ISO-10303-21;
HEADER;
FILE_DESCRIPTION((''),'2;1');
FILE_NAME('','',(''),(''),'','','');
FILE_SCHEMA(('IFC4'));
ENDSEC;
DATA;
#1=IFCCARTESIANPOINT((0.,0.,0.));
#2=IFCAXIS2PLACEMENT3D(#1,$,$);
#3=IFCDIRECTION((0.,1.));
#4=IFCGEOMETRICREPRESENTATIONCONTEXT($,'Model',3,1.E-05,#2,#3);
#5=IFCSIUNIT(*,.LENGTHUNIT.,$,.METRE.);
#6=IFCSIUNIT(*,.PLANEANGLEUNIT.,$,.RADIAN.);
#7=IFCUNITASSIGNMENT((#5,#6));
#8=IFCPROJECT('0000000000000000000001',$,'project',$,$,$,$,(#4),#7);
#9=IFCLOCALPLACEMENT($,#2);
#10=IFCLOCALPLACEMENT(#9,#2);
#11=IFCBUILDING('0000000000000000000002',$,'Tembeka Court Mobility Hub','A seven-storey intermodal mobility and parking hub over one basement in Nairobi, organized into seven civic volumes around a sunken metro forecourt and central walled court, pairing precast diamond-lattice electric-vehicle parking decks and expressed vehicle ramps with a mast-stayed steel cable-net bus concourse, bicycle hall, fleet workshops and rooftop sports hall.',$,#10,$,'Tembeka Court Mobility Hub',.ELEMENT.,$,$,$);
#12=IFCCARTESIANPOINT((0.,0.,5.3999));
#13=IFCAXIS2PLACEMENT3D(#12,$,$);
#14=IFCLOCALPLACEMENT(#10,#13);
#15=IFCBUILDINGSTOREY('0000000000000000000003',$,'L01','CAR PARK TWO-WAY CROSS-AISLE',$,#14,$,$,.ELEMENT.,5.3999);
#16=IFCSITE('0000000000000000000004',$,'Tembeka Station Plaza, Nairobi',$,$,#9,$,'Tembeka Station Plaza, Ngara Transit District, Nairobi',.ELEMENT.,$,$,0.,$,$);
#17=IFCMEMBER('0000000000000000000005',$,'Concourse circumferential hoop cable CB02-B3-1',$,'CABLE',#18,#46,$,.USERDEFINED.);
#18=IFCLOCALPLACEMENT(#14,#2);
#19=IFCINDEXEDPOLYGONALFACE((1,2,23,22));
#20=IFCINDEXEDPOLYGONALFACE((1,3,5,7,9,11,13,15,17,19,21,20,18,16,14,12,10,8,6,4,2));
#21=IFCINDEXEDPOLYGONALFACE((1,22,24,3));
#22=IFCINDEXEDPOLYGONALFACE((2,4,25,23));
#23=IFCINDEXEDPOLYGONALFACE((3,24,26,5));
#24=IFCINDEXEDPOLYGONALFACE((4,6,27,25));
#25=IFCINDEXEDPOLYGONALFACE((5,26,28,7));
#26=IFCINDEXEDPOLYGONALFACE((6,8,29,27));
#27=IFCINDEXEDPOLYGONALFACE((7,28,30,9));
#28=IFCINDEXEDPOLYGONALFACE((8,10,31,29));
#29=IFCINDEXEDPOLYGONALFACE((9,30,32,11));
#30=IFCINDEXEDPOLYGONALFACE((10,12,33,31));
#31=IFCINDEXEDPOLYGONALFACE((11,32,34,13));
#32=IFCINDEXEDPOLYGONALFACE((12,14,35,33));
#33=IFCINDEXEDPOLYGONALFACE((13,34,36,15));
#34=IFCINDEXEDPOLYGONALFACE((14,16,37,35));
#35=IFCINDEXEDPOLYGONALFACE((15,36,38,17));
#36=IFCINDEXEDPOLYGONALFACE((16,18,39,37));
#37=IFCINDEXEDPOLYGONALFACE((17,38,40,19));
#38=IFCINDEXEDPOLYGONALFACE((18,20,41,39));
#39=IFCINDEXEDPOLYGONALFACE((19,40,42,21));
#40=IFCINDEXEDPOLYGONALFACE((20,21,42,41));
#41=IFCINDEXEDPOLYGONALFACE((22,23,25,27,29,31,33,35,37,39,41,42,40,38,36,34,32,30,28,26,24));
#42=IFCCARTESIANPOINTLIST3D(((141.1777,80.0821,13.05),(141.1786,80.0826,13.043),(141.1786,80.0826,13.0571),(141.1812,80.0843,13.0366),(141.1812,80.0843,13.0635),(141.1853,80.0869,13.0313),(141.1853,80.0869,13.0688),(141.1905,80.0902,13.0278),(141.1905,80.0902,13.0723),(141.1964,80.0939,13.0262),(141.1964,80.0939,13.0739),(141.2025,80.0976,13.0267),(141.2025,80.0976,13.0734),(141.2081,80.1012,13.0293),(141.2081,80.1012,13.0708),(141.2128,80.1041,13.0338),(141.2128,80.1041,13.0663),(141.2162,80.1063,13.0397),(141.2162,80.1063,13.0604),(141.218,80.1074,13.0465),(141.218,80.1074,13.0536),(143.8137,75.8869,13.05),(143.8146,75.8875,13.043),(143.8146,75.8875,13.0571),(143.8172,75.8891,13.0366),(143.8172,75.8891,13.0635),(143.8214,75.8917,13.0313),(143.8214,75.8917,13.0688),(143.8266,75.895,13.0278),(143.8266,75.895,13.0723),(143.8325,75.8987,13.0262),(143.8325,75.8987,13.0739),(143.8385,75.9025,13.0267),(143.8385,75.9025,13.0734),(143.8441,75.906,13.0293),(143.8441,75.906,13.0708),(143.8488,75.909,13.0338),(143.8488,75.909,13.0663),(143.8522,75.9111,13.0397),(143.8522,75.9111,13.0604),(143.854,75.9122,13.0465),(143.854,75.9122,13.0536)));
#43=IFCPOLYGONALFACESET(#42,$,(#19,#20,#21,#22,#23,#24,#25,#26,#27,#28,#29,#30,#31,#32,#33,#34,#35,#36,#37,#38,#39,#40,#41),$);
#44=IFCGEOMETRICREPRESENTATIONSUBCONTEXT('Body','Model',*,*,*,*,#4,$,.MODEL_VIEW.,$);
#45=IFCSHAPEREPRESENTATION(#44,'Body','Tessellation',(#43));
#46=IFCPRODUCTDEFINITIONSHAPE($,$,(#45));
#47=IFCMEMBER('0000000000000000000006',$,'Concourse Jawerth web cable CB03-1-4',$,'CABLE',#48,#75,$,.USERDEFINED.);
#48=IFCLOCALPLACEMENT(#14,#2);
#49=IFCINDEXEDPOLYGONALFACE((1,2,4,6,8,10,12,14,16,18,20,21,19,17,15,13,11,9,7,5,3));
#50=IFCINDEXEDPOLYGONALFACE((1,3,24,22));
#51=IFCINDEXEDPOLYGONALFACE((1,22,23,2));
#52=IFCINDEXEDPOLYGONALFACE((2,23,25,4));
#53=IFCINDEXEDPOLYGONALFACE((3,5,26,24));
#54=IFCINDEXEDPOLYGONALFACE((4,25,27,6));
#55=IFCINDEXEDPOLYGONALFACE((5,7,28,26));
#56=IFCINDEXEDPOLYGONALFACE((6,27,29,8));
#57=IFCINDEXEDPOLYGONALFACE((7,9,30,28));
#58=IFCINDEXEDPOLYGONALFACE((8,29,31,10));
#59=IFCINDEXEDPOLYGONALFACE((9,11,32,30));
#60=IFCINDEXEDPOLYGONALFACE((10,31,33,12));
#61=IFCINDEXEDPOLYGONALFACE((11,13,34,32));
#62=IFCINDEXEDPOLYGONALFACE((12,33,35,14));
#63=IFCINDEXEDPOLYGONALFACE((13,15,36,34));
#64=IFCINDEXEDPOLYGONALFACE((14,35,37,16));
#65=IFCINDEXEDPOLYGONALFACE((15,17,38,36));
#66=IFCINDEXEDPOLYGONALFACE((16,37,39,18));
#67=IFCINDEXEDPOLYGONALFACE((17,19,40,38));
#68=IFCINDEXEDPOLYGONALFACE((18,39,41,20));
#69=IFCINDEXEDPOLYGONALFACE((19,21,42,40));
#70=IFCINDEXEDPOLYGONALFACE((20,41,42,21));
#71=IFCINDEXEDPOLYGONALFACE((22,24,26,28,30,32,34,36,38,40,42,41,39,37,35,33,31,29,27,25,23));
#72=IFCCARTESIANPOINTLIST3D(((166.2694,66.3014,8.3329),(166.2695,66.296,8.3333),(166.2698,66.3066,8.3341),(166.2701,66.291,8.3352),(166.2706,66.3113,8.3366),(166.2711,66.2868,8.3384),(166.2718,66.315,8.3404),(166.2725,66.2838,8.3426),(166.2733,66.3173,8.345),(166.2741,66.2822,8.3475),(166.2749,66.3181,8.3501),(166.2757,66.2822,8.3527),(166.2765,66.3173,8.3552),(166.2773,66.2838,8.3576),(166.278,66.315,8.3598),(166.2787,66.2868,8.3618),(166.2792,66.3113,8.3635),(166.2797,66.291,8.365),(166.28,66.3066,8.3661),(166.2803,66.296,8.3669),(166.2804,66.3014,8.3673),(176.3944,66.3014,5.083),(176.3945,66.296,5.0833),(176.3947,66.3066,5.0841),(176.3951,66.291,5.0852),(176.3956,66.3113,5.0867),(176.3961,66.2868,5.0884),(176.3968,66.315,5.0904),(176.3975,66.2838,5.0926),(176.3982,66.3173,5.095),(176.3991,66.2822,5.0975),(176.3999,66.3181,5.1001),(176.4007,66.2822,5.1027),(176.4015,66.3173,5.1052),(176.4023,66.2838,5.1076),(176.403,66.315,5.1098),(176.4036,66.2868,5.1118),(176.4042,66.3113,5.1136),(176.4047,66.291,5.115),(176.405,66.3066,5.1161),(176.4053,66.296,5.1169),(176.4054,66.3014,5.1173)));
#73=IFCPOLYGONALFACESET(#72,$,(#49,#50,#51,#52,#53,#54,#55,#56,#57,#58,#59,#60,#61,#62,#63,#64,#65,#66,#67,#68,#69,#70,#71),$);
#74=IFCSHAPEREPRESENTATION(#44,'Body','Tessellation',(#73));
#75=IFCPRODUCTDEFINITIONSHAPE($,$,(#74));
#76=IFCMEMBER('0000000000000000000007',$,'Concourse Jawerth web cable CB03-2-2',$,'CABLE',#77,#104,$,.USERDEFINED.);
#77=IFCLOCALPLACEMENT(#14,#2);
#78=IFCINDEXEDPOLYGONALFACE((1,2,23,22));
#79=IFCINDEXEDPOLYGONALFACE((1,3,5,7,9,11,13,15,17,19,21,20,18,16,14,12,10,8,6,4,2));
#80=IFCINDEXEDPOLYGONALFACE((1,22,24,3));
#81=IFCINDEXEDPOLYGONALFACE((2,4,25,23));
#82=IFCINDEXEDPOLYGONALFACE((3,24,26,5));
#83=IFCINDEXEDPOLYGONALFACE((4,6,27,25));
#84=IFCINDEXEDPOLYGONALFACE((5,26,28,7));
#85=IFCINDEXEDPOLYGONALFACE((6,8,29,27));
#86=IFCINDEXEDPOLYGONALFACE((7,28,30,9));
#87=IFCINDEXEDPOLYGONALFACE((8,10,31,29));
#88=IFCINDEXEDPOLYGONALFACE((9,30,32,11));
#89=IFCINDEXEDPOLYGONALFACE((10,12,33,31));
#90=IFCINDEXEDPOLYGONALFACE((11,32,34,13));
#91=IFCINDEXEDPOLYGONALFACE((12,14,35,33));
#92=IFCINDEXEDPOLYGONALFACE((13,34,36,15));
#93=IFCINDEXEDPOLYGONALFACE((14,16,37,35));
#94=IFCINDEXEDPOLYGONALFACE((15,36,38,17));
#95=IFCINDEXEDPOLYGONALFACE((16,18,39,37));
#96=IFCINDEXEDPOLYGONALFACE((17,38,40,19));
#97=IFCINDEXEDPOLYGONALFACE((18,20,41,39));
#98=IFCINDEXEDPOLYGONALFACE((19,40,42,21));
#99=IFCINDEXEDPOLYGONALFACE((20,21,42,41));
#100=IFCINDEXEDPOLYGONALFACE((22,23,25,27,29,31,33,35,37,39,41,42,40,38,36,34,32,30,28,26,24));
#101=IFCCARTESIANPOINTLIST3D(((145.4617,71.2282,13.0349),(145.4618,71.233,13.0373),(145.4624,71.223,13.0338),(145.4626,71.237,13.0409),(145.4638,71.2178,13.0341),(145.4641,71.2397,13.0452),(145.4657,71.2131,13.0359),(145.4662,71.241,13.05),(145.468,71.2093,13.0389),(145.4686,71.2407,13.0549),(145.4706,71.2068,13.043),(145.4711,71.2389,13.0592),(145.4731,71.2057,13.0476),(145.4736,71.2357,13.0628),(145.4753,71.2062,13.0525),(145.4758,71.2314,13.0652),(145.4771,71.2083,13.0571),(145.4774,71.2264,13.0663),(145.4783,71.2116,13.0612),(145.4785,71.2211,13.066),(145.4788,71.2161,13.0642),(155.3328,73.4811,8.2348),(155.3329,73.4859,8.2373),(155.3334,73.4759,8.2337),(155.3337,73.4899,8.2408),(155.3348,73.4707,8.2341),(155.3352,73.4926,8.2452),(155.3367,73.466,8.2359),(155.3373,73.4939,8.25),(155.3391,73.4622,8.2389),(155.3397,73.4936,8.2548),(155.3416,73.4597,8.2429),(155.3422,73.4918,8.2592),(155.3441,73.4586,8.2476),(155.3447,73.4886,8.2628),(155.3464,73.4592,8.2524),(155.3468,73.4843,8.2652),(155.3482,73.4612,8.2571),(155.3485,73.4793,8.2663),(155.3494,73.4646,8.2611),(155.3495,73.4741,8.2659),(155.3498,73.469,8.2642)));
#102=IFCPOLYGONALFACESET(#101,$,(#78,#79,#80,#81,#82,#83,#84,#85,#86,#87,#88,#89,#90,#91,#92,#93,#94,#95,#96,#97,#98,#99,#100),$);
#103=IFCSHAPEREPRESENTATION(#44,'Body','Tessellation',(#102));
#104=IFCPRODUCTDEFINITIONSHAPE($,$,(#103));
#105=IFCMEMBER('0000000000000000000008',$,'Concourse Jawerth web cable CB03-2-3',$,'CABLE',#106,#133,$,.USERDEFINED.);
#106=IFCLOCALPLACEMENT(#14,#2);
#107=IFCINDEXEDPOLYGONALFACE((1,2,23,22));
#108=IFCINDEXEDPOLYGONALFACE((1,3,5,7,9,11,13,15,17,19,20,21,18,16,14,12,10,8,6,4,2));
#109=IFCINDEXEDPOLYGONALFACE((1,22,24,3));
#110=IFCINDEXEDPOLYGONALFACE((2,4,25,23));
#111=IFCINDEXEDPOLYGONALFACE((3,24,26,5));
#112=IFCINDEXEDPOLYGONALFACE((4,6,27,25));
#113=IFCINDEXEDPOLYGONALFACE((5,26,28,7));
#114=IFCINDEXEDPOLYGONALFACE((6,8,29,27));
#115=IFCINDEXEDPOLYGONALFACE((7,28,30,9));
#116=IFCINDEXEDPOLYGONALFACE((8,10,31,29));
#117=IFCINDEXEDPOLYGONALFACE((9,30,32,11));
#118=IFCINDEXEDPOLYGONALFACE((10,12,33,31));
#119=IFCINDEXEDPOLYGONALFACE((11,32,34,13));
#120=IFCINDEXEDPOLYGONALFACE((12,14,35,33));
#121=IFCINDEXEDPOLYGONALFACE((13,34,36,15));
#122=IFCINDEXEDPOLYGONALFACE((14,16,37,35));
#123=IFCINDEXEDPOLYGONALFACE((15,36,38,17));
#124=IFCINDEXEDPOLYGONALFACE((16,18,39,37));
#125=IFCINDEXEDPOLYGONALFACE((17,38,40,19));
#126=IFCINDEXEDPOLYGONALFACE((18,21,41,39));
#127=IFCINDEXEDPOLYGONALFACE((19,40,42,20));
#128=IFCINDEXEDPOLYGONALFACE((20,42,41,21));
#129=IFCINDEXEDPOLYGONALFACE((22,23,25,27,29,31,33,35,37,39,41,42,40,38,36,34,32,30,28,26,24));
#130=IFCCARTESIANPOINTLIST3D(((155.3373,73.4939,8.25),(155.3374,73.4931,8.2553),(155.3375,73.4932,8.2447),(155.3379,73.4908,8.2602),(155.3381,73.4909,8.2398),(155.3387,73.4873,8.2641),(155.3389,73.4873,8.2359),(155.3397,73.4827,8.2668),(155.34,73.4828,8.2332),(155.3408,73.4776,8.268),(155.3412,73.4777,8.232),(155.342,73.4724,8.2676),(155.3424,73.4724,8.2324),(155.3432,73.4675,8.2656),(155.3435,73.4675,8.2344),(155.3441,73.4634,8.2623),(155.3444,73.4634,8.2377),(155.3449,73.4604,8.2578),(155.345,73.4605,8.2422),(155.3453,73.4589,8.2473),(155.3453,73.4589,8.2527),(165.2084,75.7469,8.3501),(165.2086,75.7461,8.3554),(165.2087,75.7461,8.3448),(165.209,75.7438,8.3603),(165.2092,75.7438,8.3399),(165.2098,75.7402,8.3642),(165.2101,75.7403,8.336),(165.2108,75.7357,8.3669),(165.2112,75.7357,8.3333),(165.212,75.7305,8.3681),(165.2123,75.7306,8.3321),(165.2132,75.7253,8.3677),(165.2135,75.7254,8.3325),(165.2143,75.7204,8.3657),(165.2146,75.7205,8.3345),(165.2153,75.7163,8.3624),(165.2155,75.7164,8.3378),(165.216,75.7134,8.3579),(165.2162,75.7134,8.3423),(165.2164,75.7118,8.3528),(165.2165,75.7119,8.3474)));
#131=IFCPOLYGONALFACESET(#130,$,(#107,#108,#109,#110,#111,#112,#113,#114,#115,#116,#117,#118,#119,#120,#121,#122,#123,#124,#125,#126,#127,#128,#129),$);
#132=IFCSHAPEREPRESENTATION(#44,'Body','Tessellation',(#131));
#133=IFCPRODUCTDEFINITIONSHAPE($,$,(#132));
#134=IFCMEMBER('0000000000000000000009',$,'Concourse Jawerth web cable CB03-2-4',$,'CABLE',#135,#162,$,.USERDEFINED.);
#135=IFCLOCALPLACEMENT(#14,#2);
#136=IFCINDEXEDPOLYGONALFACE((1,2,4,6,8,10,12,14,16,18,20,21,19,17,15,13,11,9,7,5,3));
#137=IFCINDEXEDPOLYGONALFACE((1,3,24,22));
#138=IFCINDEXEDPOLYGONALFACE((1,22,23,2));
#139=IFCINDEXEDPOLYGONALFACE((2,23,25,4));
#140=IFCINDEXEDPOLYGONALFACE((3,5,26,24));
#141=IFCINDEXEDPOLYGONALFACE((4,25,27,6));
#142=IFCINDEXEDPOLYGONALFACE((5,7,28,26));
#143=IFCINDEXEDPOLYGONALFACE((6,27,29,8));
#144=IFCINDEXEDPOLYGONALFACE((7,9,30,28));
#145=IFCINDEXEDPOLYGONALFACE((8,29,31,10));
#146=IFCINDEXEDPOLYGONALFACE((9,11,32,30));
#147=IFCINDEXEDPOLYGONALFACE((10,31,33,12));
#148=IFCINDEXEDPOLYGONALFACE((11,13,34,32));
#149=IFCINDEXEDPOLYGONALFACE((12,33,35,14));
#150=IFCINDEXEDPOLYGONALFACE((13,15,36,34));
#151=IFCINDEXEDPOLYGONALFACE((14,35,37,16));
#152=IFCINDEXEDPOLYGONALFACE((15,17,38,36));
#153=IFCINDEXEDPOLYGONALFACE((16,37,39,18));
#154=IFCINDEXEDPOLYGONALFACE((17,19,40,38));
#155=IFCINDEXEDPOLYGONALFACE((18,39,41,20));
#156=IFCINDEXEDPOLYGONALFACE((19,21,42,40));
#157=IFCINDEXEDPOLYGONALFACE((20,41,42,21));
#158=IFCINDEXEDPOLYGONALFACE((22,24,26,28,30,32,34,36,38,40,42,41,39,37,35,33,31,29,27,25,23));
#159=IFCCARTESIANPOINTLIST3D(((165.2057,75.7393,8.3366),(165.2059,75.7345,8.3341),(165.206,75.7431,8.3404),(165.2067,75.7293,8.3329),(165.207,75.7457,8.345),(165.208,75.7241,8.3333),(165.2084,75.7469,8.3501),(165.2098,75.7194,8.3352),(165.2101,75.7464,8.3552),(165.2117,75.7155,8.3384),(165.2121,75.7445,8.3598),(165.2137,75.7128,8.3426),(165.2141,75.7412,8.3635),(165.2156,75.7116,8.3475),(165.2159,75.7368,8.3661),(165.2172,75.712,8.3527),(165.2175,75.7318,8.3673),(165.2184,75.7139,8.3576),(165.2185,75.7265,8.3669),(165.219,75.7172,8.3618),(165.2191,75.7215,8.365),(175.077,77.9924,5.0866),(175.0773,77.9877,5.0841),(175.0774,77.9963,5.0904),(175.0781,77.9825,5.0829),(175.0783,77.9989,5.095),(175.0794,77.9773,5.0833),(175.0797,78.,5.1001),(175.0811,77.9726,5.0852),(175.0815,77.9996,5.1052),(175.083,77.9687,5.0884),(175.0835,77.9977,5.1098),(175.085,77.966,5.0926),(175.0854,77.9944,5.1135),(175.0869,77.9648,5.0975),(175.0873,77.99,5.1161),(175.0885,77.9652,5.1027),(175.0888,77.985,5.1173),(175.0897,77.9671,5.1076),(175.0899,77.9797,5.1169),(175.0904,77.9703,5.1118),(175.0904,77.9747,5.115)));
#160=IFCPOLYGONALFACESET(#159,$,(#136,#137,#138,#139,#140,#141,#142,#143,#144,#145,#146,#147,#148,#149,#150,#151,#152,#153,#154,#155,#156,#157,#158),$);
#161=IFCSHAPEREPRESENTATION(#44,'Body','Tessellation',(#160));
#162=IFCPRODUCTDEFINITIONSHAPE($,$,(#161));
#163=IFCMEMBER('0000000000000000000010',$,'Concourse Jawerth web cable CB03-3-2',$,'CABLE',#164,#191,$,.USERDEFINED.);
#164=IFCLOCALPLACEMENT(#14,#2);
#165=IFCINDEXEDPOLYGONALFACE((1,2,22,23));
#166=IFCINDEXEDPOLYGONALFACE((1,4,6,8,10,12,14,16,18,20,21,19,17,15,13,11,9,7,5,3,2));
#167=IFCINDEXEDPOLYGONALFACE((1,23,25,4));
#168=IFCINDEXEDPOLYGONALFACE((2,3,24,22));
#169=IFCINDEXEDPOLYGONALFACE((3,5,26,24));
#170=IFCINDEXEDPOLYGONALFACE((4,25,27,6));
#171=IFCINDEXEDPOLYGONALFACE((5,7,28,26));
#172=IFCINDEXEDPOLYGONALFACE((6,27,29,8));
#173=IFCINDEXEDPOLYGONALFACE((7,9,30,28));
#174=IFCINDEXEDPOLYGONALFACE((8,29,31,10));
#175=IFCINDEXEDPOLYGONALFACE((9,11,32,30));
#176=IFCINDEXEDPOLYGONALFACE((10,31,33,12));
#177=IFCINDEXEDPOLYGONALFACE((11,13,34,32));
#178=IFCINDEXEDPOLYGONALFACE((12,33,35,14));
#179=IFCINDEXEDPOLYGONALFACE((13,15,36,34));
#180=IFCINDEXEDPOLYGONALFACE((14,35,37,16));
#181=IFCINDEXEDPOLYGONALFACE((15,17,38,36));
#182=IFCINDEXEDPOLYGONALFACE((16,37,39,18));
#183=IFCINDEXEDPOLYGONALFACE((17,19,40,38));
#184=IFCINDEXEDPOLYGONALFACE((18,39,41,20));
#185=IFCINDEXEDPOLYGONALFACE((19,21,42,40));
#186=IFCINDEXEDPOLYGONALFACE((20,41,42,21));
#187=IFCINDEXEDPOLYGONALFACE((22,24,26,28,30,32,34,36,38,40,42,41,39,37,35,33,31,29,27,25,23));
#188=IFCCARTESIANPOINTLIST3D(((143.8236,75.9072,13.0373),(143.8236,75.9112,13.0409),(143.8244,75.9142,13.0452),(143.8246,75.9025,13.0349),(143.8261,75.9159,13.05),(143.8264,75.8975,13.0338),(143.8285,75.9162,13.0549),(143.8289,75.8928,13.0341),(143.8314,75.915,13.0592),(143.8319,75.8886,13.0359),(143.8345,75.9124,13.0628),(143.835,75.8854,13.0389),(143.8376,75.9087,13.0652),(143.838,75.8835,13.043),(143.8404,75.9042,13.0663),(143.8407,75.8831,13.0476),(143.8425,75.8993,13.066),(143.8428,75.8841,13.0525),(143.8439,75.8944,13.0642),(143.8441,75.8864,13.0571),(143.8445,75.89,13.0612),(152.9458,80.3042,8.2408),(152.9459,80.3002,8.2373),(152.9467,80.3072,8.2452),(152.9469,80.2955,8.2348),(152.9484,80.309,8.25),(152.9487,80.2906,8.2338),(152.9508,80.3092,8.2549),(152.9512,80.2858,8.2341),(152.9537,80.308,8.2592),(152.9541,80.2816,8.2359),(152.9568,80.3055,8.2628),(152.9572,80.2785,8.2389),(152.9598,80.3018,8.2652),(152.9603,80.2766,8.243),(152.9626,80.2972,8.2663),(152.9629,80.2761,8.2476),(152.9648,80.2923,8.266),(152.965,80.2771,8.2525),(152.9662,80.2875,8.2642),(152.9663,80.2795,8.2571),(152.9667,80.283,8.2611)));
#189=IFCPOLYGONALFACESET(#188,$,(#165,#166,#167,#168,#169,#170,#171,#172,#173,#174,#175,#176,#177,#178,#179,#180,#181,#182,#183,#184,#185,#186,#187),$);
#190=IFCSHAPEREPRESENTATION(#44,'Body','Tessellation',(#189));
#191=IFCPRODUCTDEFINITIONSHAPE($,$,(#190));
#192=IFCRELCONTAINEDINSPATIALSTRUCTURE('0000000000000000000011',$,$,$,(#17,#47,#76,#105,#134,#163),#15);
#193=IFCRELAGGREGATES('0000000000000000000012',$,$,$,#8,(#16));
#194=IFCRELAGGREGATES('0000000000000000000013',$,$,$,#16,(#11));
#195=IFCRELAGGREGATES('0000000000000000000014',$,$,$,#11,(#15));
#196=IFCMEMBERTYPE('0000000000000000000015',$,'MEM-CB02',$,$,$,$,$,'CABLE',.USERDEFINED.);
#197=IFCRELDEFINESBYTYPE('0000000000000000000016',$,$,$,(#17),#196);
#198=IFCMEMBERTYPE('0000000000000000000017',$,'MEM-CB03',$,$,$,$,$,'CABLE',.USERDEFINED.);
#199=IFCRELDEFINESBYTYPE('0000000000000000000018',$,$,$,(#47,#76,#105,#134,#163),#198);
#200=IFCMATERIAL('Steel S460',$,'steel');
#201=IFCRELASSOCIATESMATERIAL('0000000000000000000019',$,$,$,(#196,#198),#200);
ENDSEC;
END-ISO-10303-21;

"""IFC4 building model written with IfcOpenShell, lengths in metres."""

from ifc_helpers import new_model, si_unit, direction, frame, origin, origin_2d, place, context, subcontext, project, spatial, circle, extrude, material, material_profile, profile_set, type_object, element, save


model = new_model("IFC4")

# Units and contexts
model_context = context("Model", 3, precision=1e-05, world=origin(), true_north=direction((0.0, 1.0)))
body_context = subcontext(model_context, "Body", "Model", "MODEL_VIEW")
ifc_project = project(units=[si_unit("LENGTHUNIT", "METRE"), si_unit("PLANEANGLEUNIT", "RADIAN")], contexts=[model_context])

# Site, building, storey
site_placement = place(None, origin())
site = spatial("IfcSite", under=ifc_project, at=site_placement, Name="Tembeka Station Plaza, Nairobi", LongName="Tembeka Station Plaza, Ngara Transit District, Nairobi", CompositionType="ELEMENT", RefElevation=0.0)
building_placement = place(site_placement, origin())
building = spatial("IfcBuilding", under=site, at=building_placement, Name="Tembeka Court Mobility Hub", Description="A seven-storey intermodal mobility and parking hub over one basement in Nairobi, organized into seven civic volumes around a sunken metro forecourt and central walled court, pairing precast diamond-lattice electric-vehicle parking decks and expressed vehicle ramps with a mast-stayed steel cable-net bus concourse, bicycle hall, fleet workshops and rooftop sports hall.", LongName="Tembeka Court Mobility Hub", CompositionType="ELEMENT")
storey_placement = place(building_placement, frame((0.0, 0.0, 5.3999)))
storey = spatial("IfcBuildingStorey", under=building, at=storey_placement, Name="L01", Description="CAR PARK TWO-WAY CROSS-AISLE", CompositionType="ELEMENT", Elevation=5.3999)

# Members
ifc_material_1 = material(Name="Steel S460", Category="steel")
ifc_material_profile_1 = material_profile(ifc_material_1, circle(Radius=0.0239, at=origin_2d()), Name="CABLE D48")
ifc_profile_set_1 = profile_set([ifc_material_profile_1], Name="Steel S460")
member_type_1 = type_object("IfcMemberType", Name="MEM-CB02", ElementType="CABLE", PredefinedType="USERDEFINED", material=ifc_profile_set_1)
member_1_placement = place(storey_placement, frame((143.834, 75.8997, 13.05), z_axis=(-0.532039, 0.84672, 0.0), x_axis=(-0.84672, -0.532039, 0.0)))
element("IfcMember", 1, at=member_1_placement, inside=storey, type_object=member_type_1, Name="Concourse circumferential hoop cable CB02-B3-1", ObjectType="CABLE", PredefinedType="USERDEFINED", context=body_context, shape_type="SweptSolid", body=[
    extrude(circle(Radius=0.0239, at=origin_2d()), origin(), (0.0, 0.0, 1.0), 4.9546),
])
ifc_material_profile_2 = material_profile(ifc_material_1, circle(Radius=0.0181, at=origin_2d()), Name="CABLE D36")
ifc_profile_set_2 = profile_set([ifc_material_profile_2], Name="Steel S460")
member_type_2 = type_object("IfcMemberType", Name="MEM-CB03", ElementType="CABLE", PredefinedType="USERDEFINED", material=ifc_profile_set_2)
member_2_placement = place(storey_placement, frame((166.2749, 66.3, 8.3501), z_axis=(0.952151, 0.0, -0.305629), x_axis=(0.0, 1.0, 0.0)))
element("IfcMember", 2, at=member_2_placement, inside=storey, type_object=member_type_2, Name="Concourse Jawerth web cable CB03-1-4", ObjectType="CABLE", PredefinedType="USERDEFINED", context=body_context, shape_type="SweptSolid", body=[
    extrude(circle(Radius=0.0181, at=origin_2d()), origin(), (0.0, 0.0, 1.0), 10.6338),
])
member_3_placement = place(storey_placement, frame((145.4702, 71.2234, 13.05), z_axis=(0.880945, 0.201063, -0.42838), x_axis=(-0.222513, 0.97493, 0.0)))
element("IfcMember", 3, at=member_3_placement, inside=storey, type_object=member_type_2, Name="Concourse Jawerth web cable CB03-2-2", ObjectType="CABLE", PredefinedType="USERDEFINED", context=body_context, shape_type="SweptSolid", body=[
    extrude(circle(Radius=0.0181, at=origin_2d()), origin(), (0.0, 0.0, 1.0), 11.2051),
])
member_4_placement = place(storey_placement, frame((155.3413, 73.4763, 8.25), z_axis=(0.974882, 0.222502, 0.009886), x_axis=(-0.222513, 0.97493, 0.0)))
element("IfcMember", 4, at=member_4_placement, inside=storey, type_object=member_type_2, Name="Concourse Jawerth web cable CB03-2-3", ObjectType="CABLE", PredefinedType="USERDEFINED", context=body_context, shape_type="SweptSolid", body=[
    extrude(circle(Radius=0.0181, at=origin_2d()), origin(), (0.0, 0.0, 1.0), 10.1255),
])
member_5_placement = place(storey_placement, frame((165.2124, 75.7292, 8.3501), z_axis=(0.928278, 0.211883, -0.305623), x_axis=(-0.222531, 0.974926, 0.0)))
element("IfcMember", 5, at=member_5_placement, inside=storey, type_object=member_type_2, Name="Concourse Jawerth web cable CB03-2-4", ObjectType="CABLE", PredefinedType="USERDEFINED", context=body_context, shape_type="SweptSolid", body=[
    extrude(circle(Radius=0.0181, at=origin_2d()), origin(), (0.0, 0.0, 1.0), 10.634),
])
for number, where, z_axis, x_axis, name in (
    (6, (143.834, 75.8997, 13.05), (0.814116, 0.392057, -0.428378), (-0.433883, 0.900969, 0.0), "Concourse Jawerth web cable CB03-3-2"),
):
    element("IfcMember", number, at=place(storey_placement, frame(where, z_axis=z_axis, x_axis=x_axis)), inside=storey, type_object=member_type_2, Name=name, ObjectType="CABLE", PredefinedType="USERDEFINED", context=body_context, shape_type="SweptSolid", body=[
        extrude(circle(Radius=0.0181, at=origin_2d()), origin(), (0.0, 0.0, 1.0), 11.2051),
    ])

save(model, "model.ifc")
